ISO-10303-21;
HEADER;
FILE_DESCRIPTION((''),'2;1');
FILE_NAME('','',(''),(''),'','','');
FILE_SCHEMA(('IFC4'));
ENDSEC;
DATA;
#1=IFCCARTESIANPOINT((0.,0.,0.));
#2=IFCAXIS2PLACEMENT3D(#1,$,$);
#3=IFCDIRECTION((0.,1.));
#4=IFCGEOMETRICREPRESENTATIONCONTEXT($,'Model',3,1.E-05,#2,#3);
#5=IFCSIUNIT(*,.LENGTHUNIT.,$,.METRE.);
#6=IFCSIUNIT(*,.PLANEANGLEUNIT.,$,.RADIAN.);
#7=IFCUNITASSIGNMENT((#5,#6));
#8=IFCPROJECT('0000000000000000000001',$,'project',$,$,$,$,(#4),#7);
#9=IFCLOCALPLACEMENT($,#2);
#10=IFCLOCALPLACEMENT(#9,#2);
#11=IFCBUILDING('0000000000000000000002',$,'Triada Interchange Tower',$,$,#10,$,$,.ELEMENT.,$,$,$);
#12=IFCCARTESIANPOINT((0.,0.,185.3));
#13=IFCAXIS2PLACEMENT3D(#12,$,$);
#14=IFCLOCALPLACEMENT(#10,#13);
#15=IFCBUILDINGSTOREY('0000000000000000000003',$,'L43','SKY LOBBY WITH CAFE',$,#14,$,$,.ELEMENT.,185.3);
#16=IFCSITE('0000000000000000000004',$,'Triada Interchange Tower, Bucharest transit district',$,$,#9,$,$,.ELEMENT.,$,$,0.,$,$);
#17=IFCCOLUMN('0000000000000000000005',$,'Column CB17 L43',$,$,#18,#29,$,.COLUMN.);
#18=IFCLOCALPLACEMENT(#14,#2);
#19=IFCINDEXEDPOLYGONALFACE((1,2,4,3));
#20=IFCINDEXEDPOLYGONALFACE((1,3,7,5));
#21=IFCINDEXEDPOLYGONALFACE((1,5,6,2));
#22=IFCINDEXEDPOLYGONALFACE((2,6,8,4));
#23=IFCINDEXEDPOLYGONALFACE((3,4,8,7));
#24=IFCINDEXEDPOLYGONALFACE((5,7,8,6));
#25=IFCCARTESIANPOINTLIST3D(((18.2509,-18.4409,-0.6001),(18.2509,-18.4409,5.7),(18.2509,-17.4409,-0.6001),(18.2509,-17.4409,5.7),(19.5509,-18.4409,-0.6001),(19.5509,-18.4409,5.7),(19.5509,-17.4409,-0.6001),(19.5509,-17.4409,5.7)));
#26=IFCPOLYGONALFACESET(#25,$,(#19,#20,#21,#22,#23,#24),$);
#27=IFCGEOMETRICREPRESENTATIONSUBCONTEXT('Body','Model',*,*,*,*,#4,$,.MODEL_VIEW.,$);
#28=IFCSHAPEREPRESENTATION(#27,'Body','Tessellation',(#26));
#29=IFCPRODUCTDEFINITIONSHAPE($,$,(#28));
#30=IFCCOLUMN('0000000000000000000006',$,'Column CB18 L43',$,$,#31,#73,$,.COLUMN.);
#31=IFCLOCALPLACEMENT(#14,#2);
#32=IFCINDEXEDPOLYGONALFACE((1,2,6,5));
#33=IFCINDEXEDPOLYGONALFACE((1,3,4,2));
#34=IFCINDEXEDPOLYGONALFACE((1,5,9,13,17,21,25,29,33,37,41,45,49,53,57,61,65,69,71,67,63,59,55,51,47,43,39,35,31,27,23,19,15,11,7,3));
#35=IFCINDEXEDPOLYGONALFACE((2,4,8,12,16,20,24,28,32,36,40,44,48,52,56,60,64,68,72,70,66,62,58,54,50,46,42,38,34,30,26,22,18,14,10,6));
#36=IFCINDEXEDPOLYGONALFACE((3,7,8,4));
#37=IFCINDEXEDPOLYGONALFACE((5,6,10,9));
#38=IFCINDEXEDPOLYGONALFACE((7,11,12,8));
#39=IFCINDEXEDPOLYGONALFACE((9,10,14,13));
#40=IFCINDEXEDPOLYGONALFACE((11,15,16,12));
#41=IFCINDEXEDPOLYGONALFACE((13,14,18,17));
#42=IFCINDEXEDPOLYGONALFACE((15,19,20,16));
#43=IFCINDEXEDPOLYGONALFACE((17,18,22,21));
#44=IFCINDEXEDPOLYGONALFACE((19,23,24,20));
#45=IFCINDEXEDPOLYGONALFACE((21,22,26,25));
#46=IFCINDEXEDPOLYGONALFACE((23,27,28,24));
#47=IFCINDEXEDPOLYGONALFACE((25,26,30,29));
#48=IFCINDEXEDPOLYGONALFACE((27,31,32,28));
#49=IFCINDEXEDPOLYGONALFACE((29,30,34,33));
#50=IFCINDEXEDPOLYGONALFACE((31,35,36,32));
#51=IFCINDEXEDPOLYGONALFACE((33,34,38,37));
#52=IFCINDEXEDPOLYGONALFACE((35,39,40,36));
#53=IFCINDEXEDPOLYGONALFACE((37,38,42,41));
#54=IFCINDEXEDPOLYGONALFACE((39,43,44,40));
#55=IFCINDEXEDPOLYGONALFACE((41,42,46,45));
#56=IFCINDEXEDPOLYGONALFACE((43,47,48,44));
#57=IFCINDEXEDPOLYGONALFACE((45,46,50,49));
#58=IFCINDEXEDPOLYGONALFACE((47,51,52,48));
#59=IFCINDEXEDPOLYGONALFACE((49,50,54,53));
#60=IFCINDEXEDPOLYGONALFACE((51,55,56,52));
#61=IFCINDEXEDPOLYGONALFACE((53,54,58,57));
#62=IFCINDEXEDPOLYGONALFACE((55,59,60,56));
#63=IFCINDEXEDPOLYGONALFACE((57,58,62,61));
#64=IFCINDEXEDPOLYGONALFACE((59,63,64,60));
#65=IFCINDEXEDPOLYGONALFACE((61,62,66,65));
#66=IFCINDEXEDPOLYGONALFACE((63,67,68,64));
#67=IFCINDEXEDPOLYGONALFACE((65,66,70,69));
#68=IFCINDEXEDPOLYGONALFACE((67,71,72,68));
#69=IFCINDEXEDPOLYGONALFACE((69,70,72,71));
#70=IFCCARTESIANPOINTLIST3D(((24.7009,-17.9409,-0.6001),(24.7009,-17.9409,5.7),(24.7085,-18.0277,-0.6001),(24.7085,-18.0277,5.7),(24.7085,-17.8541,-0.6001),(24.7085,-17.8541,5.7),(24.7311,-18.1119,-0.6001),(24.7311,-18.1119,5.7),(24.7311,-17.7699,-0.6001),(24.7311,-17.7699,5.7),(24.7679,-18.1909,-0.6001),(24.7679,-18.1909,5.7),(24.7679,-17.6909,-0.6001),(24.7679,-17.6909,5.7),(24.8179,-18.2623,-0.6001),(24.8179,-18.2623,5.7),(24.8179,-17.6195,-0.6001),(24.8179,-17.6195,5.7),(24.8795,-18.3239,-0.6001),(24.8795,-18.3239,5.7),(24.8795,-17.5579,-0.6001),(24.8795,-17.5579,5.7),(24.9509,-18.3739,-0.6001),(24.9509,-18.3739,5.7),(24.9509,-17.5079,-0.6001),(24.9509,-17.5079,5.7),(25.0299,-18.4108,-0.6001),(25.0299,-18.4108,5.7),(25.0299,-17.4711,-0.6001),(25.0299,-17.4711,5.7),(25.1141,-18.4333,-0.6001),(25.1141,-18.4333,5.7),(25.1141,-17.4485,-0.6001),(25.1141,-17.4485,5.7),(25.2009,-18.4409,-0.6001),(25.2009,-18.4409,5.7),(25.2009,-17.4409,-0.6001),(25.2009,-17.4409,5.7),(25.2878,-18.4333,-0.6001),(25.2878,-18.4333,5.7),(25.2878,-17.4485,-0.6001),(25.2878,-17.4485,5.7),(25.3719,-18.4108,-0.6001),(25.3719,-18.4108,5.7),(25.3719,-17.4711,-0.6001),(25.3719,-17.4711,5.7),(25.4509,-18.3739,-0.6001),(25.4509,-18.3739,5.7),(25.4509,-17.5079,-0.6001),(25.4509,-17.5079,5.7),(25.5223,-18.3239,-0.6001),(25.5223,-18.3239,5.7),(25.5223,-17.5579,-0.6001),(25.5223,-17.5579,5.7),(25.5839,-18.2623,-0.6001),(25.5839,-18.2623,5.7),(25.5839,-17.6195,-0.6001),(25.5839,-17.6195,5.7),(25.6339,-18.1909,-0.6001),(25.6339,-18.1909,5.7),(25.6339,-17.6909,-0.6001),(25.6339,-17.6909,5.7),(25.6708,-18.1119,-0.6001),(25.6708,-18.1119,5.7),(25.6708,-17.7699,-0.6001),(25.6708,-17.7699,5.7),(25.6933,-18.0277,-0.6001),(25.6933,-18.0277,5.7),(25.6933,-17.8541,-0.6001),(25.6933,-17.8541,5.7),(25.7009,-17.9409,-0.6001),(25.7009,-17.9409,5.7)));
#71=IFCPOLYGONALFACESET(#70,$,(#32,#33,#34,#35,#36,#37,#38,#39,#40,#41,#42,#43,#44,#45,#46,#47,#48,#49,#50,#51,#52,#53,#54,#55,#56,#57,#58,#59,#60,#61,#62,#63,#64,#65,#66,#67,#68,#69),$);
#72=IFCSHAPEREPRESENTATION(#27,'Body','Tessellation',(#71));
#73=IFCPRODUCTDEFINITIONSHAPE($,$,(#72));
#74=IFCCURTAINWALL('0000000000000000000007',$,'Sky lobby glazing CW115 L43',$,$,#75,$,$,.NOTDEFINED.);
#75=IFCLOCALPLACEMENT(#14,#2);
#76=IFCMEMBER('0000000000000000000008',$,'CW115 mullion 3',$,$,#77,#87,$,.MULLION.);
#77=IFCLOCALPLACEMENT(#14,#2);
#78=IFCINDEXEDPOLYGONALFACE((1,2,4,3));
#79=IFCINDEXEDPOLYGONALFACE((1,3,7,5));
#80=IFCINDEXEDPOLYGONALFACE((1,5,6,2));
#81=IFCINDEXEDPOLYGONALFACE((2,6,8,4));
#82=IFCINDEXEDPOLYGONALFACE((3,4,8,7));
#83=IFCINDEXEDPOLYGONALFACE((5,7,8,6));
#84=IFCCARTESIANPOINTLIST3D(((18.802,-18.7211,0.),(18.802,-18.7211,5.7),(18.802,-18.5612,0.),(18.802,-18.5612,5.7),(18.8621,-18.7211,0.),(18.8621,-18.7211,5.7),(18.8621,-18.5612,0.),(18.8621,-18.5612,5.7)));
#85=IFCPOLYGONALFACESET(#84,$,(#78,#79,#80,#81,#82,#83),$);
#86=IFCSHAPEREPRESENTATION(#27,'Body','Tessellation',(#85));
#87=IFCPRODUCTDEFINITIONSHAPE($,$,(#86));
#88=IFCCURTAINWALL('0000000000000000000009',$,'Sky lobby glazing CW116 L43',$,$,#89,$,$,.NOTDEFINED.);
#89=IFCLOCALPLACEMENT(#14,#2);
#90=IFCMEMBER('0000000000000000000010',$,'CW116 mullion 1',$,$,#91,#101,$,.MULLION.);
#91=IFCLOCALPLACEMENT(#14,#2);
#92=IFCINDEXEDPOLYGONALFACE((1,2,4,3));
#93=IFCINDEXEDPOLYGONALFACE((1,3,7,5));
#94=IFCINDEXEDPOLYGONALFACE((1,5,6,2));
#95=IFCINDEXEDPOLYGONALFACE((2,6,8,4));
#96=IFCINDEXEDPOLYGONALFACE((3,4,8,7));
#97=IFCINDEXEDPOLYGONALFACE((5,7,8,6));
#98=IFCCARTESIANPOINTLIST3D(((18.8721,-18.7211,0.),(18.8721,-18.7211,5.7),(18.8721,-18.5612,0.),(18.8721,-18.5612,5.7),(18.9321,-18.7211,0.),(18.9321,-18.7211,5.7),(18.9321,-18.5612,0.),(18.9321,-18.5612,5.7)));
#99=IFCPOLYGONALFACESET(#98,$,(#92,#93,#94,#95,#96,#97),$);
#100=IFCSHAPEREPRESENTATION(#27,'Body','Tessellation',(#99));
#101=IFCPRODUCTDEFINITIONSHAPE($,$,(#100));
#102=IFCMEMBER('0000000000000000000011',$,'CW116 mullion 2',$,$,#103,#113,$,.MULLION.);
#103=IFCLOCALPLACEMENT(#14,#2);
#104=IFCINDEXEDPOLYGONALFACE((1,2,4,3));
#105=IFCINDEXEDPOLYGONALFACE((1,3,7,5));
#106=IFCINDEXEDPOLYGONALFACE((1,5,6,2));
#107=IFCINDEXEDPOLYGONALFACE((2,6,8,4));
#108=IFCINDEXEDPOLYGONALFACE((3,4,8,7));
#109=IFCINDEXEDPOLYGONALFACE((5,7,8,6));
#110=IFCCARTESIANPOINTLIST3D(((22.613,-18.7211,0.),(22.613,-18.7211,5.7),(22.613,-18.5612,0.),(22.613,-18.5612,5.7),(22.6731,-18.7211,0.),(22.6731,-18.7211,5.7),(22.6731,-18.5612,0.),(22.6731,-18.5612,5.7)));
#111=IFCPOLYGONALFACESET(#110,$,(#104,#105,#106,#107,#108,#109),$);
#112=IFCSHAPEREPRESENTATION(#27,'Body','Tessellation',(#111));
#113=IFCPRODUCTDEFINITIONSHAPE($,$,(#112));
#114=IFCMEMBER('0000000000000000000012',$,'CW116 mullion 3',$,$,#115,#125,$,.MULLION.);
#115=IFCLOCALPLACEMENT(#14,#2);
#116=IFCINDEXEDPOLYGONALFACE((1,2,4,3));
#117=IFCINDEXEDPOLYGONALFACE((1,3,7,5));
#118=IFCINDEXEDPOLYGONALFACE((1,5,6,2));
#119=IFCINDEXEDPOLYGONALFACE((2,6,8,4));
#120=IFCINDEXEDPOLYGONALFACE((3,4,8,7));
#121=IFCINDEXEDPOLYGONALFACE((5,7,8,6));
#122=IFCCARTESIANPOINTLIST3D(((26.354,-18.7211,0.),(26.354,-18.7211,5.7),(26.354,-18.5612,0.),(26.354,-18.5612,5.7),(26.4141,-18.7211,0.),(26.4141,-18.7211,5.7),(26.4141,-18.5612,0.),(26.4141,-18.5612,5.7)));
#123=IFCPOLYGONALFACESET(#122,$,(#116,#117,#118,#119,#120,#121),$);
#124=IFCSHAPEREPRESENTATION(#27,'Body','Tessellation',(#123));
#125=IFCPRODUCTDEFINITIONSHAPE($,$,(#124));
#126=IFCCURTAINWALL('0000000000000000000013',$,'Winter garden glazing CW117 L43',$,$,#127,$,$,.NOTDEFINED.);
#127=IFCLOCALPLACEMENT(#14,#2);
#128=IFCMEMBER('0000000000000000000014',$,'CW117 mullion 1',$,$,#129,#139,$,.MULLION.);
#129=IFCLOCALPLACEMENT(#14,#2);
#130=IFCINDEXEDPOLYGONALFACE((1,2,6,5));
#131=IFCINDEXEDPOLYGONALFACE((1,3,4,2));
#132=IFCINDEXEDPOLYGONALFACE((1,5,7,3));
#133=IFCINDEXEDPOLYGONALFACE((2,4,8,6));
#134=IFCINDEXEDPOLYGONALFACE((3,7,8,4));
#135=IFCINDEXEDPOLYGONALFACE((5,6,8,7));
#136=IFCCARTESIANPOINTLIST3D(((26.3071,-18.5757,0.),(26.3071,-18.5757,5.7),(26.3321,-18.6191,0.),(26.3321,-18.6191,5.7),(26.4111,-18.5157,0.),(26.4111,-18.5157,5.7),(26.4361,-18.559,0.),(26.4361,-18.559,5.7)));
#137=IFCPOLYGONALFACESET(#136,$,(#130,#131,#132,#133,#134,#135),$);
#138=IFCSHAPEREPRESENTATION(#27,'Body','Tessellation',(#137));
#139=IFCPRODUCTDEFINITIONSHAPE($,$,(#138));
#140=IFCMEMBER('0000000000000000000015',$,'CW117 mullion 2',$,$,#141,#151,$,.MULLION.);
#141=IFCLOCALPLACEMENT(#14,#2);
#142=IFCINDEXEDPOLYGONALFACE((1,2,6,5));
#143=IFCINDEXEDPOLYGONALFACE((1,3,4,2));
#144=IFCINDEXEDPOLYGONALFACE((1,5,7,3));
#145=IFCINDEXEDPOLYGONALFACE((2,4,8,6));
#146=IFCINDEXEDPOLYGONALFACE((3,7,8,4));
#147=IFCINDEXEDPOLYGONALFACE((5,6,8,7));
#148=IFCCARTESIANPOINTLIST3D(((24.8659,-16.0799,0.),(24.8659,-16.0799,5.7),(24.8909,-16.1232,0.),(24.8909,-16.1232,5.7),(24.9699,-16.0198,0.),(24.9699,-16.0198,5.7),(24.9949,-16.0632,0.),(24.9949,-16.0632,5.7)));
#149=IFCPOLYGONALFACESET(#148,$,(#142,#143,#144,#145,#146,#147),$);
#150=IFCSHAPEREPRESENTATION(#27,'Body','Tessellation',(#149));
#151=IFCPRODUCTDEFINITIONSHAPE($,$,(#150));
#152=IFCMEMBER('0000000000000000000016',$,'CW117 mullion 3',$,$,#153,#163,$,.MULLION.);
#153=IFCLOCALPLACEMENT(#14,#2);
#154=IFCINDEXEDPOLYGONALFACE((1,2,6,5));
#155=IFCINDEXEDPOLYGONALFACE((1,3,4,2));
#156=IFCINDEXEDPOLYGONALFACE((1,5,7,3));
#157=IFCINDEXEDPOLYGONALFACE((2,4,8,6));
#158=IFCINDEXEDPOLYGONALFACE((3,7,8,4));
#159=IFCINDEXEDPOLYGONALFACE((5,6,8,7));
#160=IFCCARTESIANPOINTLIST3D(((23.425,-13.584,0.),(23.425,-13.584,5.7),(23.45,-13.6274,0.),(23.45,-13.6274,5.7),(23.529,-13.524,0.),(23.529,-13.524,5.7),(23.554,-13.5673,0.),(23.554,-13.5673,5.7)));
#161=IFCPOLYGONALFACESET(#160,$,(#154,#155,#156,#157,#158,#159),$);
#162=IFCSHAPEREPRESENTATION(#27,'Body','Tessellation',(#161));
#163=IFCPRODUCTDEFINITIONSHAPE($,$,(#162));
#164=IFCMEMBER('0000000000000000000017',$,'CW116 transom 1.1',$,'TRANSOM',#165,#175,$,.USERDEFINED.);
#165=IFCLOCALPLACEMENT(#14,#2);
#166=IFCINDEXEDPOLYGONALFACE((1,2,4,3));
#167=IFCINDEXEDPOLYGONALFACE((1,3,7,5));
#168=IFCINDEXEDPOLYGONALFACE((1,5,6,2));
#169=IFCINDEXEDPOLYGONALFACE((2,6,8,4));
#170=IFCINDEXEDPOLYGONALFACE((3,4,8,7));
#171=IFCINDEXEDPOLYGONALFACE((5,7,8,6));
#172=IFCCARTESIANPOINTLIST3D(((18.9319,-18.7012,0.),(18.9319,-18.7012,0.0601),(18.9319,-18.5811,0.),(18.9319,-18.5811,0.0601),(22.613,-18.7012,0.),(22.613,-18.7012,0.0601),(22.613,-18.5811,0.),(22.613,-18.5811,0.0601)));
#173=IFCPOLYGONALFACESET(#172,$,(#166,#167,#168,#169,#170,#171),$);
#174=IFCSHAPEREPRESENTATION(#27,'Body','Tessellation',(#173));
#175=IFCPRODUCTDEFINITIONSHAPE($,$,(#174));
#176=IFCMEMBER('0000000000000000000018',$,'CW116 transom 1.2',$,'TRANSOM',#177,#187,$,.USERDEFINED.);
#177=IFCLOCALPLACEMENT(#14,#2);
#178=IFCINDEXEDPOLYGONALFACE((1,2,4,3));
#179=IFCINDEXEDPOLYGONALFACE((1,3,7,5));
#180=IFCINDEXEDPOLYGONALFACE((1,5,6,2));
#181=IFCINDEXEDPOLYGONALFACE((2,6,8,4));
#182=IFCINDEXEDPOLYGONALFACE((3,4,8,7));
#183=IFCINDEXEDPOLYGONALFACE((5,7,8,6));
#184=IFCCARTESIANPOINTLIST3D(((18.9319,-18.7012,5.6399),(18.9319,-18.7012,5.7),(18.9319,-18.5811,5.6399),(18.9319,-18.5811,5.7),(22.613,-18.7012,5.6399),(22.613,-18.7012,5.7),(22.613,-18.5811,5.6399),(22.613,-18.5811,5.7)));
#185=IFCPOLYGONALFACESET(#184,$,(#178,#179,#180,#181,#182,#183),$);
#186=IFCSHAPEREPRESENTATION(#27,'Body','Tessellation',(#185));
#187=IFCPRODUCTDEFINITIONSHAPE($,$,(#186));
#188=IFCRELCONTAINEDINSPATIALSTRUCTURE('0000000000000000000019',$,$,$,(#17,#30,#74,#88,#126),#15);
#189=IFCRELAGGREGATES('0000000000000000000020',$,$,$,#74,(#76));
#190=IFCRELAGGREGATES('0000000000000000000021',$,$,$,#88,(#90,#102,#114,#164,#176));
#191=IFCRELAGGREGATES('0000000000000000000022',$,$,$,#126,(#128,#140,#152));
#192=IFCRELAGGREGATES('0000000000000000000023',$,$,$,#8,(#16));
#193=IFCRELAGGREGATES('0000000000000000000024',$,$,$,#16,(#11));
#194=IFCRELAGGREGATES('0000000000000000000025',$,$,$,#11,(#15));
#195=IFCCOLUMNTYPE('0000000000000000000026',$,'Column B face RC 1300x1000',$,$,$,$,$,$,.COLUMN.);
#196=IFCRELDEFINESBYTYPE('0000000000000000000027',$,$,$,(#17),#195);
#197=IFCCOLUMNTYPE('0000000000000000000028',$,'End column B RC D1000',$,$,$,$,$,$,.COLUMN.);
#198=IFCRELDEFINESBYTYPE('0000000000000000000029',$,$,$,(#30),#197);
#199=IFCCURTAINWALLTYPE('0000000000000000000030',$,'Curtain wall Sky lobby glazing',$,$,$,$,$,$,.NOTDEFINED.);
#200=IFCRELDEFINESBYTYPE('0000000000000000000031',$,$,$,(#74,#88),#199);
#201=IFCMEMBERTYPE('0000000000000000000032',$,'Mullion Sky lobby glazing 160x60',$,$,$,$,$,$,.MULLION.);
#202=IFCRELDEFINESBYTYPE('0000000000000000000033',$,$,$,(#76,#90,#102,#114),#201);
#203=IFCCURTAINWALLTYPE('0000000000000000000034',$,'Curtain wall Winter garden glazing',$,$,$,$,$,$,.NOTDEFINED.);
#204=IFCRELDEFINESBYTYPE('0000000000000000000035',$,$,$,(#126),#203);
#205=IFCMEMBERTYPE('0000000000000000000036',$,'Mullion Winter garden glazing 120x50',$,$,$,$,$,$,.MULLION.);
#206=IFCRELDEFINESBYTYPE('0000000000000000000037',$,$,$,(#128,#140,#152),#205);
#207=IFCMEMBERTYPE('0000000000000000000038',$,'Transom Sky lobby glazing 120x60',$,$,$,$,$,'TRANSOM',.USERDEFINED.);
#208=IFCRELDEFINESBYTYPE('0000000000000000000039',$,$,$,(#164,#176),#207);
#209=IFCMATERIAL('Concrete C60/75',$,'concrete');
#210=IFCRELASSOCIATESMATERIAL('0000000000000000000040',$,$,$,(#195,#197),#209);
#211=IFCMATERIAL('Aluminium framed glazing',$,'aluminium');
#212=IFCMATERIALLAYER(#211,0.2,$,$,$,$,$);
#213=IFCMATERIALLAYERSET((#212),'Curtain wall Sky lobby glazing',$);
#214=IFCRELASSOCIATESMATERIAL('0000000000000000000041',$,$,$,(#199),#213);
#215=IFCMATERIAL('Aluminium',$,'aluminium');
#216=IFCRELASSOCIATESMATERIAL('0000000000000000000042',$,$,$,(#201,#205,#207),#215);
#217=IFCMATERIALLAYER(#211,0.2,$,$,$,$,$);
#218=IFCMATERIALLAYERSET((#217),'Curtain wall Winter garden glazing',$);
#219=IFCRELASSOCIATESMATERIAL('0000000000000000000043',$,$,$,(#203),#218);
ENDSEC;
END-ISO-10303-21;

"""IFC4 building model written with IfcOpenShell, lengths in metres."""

from ifc_helpers import new_model, si_unit, direction, frame, origin, origin_2d, place, context, subcontext, project, spatial, rectangle, circle, extrude, material, layer, layer_set, material_profile, profile_set, type_object, element, aggregate, save


model = new_model("IFC4")

# Units and contexts
model_context = context("Model", 3, precision=1e-05, world=origin(), true_north=direction((0.0, 1.0)))
body_context = subcontext(model_context, "Body", "Model", "MODEL_VIEW")
ifc_project = project(units=[si_unit("LENGTHUNIT", "METRE"), si_unit("PLANEANGLEUNIT", "RADIAN")], contexts=[model_context])

# Site, building, storey
site_placement = place(None, origin())
site = spatial("IfcSite", under=ifc_project, at=site_placement, Name="Triada Interchange Tower, Bucharest transit district", CompositionType="ELEMENT", RefElevation=0.0)
building_placement = place(site_placement, origin())
building = spatial("IfcBuilding", under=site, at=building_placement, Name="Triada Interchange Tower", CompositionType="ELEMENT")
storey_placement = place(building_placement, frame((0.0, 0.0, 185.3)))
storey = spatial("IfcBuildingStorey", under=building, at=storey_placement, Name="L43", Description="SKY LOBBY WITH CAFE", CompositionType="ELEMENT", Elevation=185.3)

# Columns
ifc_material_1 = material(Name="Concrete C60/75", Category="concrete")
ifc_material_profile_1 = material_profile(ifc_material_1, rectangle(XDim=1.3, YDim=1.0, at=origin_2d()), Name="RC 1300x1000")
ifc_profile_set_1 = profile_set([ifc_material_profile_1], Name="Concrete C60/75")
column_type_1 = type_object("IfcColumnType", Name="Column B face RC 1300x1000", PredefinedType="COLUMN", material=ifc_profile_set_1)
column_1_placement = place(storey_placement, frame((18.9009, -17.9409, -0.6001), z_axis=(0.0, 0.0, 1.0), x_axis=(1.0, 0.0, 0.0)))
element("IfcColumn", 1, at=column_1_placement, inside=storey, type_object=column_type_1, Name="Column CB17 L43", PredefinedType="COLUMN", context=body_context, shape_type="SweptSolid", body=[
    extrude(rectangle(XDim=1.3, YDim=1.0, at=origin_2d()), origin(), (0.0, 0.0, 1.0), 6.3),
])
ifc_material_profile_2 = material_profile(ifc_material_1, circle(Radius=0.5, at=origin_2d()), Name="RC D1000")
ifc_profile_set_2 = profile_set([ifc_material_profile_2], Name="Concrete C60/75")
column_type_2 = type_object("IfcColumnType", Name="End column B RC D1000", PredefinedType="COLUMN", material=ifc_profile_set_2)
column_2_placement = place(storey_placement, frame((25.2009, -17.9409, -0.6001), z_axis=(0.0, 0.0, 1.0), x_axis=(1.0, 0.0, 0.0)))
element("IfcColumn", 2, at=column_2_placement, inside=storey, type_object=column_type_2, Name="Column CB18 L43", PredefinedType="COLUMN", context=body_context, shape_type="SweptSolid", body=[
    extrude(circle(Radius=0.5, at=origin_2d()), origin(), (0.0, 0.0, 1.0), 6.3),
])

# Curtain wall, member
ifc_material_2 = material(Name="Aluminium framed glazing", Category="aluminium")
ifc_layer_1 = layer(ifc_material_2, 0.2)
ifc_layer_set_1 = layer_set([ifc_layer_1], Name="Curtain wall Sky lobby glazing")
curtain_wall_type_1 = type_object("IfcCurtainWallType", Name="Curtain wall Sky lobby glazing", PredefinedType="NOTDEFINED", material=ifc_layer_set_1)
curtain_wall_1_placement = place(storey_placement, origin())
curtain_wall_1 = element("IfcCurtainWall", 3, at=curtain_wall_1_placement, inside=storey, type_object=curtain_wall_type_1, Name="Sky lobby glazing CW115 L43", PredefinedType="NOTDEFINED")
ifc_material_3 = material(Name="Aluminium", Category="aluminium")
ifc_material_profile_3 = material_profile(ifc_material_3, rectangle(XDim=0.1599, YDim=0.0601, at=origin_2d()), Name="Aluminium mullion")
ifc_profile_set_3 = profile_set([ifc_material_profile_3], Name="Aluminium")
member_type_1 = type_object("IfcMemberType", Name="Mullion Sky lobby glazing 160x60", PredefinedType="MULLION", material=ifc_profile_set_3)
member_1_placement = place(storey_placement, frame((18.832, -18.6411, 0.0), z_axis=(0.0, 0.0, 1.0), x_axis=(0.0, 1.0, 0.0)))
member_1 = element("IfcMember", 4, at=member_1_placement, type_object=member_type_1, Name="CW115 mullion 3", PredefinedType="MULLION", context=body_context, shape_type="SweptSolid", body=[
    extrude(rectangle(XDim=0.1599, YDim=0.0601, at=origin_2d()), origin(), (0.0, 0.0, 1.0), 5.7),
])
aggregate(curtain_wall_1, [member_1])

# Curtain walls, members
curtain_wall_2_placement = place(storey_placement, origin())
curtain_wall_2 = element("IfcCurtainWall", 5, at=curtain_wall_2_placement, inside=storey, type_object=curtain_wall_type_1, Name="Sky lobby glazing CW116 L43", PredefinedType="NOTDEFINED")
member_2_placement = place(storey_placement, frame((18.9021, -18.6411, 0.0), z_axis=(0.0, 0.0, 1.0), x_axis=(0.0, 1.0, 0.0)))
member_2 = element("IfcMember", 6, at=member_2_placement, type_object=member_type_1, Name="CW116 mullion 1", PredefinedType="MULLION", context=body_context, shape_type="SweptSolid", body=[
    extrude(rectangle(XDim=0.1599, YDim=0.0601, at=origin_2d()), origin(), (0.0, 0.0, 1.0), 5.7),
])
member_3_placement = place(storey_placement, frame((22.6431, -18.6411, 0.0), z_axis=(0.0, 0.0, 1.0), x_axis=(0.0, 1.0, 0.0)))
member_3 = element("IfcMember", 7, at=member_3_placement, type_object=member_type_1, Name="CW116 mullion 2", PredefinedType="MULLION", context=body_context, shape_type="SweptSolid", body=[
    extrude(rectangle(XDim=0.1599, YDim=0.0601, at=origin_2d()), origin(), (0.0, 0.0, 1.0), 5.7),
])
member_4_placement = place(storey_placement, frame((26.384, -18.6411, 0.0), z_axis=(0.0, 0.0, 1.0), x_axis=(0.0, 1.0, 0.0)))
member_4 = element("IfcMember", 8, at=member_4_placement, type_object=member_type_1, Name="CW116 mullion 3", PredefinedType="MULLION", context=body_context, shape_type="SweptSolid", body=[
    extrude(rectangle(XDim=0.1599, YDim=0.0601, at=origin_2d()), origin(), (0.0, 0.0, 1.0), 5.7),
])
ifc_layer_2 = layer(ifc_material_2, 0.2)
ifc_layer_set_2 = layer_set([ifc_layer_2], Name="Curtain wall Winter garden glazing")
curtain_wall_type_2 = type_object("IfcCurtainWallType", Name="Curtain wall Winter garden glazing", PredefinedType="NOTDEFINED", material=ifc_layer_set_2)
curtain_wall_3_placement = place(storey_placement, origin())
curtain_wall_3 = element("IfcCurtainWall", 9, at=curtain_wall_3_placement, inside=storey, type_object=curtain_wall_type_2, Name="Winter garden glazing CW117 L43", PredefinedType="NOTDEFINED")
ifc_material_profile_4 = material_profile(ifc_material_3, rectangle(XDim=0.1201, YDim=0.05, at=origin_2d()), Name="Aluminium mullion")
ifc_profile_set_4 = profile_set([ifc_material_profile_4], Name="Aluminium")
member_type_2 = type_object("IfcMemberType", Name="Mullion Winter garden glazing 120x50", PredefinedType="MULLION", material=ifc_profile_set_4)
member_5_placement = place(storey_placement, frame((26.3716, -18.5674, 0.0), z_axis=(0.0, 0.0, 1.0), x_axis=(-0.866022, -0.500005, 0.0)))
member_5 = element("IfcMember", 10, at=member_5_placement, type_object=member_type_2, Name="CW117 mullion 1", PredefinedType="MULLION", context=body_context, shape_type="SweptSolid", body=[
    extrude(rectangle(XDim=0.1201, YDim=0.05, at=origin_2d()), origin(), (0.0, 0.0, 1.0), 5.7),
])
member_6_placement = place(storey_placement, frame((24.9304, -16.0715, 0.0), z_axis=(0.0, 0.0, 1.0), x_axis=(-0.866022, -0.500005, 0.0)))
member_6 = element("IfcMember", 11, at=member_6_placement, type_object=member_type_2, Name="CW117 mullion 2", PredefinedType="MULLION", context=body_context, shape_type="SweptSolid", body=[
    extrude(rectangle(XDim=0.1201, YDim=0.05, at=origin_2d()), origin(), (0.0, 0.0, 1.0), 5.7),
])
member_7_placement = place(storey_placement, frame((23.4895, -13.5757, 0.0), z_axis=(0.0, 0.0, 1.0), x_axis=(-0.866022, -0.500005, 0.0)))
member_7 = element("IfcMember", 12, at=member_7_placement, type_object=member_type_2, Name="CW117 mullion 3", PredefinedType="MULLION", context=body_context, shape_type="SweptSolid", body=[
    extrude(rectangle(XDim=0.1201, YDim=0.05, at=origin_2d()), origin(), (0.0, 0.0, 1.0), 5.7),
])

# Members
ifc_material_profile_5 = material_profile(ifc_material_3, rectangle(XDim=0.1201, YDim=0.0601, at=origin_2d()), Name="Aluminium transom")
ifc_profile_set_5 = profile_set([ifc_material_profile_5], Name="Aluminium")
member_type_3 = type_object("IfcMemberType", Name="Transom Sky lobby glazing 120x60", ElementType="TRANSOM", PredefinedType="USERDEFINED", material=ifc_profile_set_5)
member_8_placement = place(storey_placement, frame((18.9319, -18.6411, 0.03), z_axis=(1.0, 0.0, 0.0), x_axis=(0.0, 1.0, 0.0)))
member_8 = element("IfcMember", 13, at=member_8_placement, type_object=member_type_3, Name="CW116 transom 1.1", ObjectType="TRANSOM", PredefinedType="USERDEFINED", context=body_context, shape_type="SweptSolid", body=[
    extrude(rectangle(XDim=0.1201, YDim=0.0601, at=origin_2d()), origin(), (0.0, 0.0, 1.0), 3.6812),
])
member_9_placement = place(storey_placement, frame((18.9319, -18.6411, 5.6699), z_axis=(1.0, 0.0, 0.0), x_axis=(0.0, 1.0, 0.0)))
member_9 = element("IfcMember", 14, at=member_9_placement, type_object=member_type_3, Name="CW116 transom 1.2", ObjectType="TRANSOM", PredefinedType="USERDEFINED", context=body_context, shape_type="SweptSolid", body=[
    extrude(rectangle(XDim=0.1201, YDim=0.0601, at=origin_2d()), origin(), (0.0, 0.0, 1.0), 3.6812),
])

aggregate(curtain_wall_2, [member_2, member_3, member_4, member_8, member_9])
aggregate(curtain_wall_3, [member_5, member_6, member_7])

save(model, "model.ifc")
